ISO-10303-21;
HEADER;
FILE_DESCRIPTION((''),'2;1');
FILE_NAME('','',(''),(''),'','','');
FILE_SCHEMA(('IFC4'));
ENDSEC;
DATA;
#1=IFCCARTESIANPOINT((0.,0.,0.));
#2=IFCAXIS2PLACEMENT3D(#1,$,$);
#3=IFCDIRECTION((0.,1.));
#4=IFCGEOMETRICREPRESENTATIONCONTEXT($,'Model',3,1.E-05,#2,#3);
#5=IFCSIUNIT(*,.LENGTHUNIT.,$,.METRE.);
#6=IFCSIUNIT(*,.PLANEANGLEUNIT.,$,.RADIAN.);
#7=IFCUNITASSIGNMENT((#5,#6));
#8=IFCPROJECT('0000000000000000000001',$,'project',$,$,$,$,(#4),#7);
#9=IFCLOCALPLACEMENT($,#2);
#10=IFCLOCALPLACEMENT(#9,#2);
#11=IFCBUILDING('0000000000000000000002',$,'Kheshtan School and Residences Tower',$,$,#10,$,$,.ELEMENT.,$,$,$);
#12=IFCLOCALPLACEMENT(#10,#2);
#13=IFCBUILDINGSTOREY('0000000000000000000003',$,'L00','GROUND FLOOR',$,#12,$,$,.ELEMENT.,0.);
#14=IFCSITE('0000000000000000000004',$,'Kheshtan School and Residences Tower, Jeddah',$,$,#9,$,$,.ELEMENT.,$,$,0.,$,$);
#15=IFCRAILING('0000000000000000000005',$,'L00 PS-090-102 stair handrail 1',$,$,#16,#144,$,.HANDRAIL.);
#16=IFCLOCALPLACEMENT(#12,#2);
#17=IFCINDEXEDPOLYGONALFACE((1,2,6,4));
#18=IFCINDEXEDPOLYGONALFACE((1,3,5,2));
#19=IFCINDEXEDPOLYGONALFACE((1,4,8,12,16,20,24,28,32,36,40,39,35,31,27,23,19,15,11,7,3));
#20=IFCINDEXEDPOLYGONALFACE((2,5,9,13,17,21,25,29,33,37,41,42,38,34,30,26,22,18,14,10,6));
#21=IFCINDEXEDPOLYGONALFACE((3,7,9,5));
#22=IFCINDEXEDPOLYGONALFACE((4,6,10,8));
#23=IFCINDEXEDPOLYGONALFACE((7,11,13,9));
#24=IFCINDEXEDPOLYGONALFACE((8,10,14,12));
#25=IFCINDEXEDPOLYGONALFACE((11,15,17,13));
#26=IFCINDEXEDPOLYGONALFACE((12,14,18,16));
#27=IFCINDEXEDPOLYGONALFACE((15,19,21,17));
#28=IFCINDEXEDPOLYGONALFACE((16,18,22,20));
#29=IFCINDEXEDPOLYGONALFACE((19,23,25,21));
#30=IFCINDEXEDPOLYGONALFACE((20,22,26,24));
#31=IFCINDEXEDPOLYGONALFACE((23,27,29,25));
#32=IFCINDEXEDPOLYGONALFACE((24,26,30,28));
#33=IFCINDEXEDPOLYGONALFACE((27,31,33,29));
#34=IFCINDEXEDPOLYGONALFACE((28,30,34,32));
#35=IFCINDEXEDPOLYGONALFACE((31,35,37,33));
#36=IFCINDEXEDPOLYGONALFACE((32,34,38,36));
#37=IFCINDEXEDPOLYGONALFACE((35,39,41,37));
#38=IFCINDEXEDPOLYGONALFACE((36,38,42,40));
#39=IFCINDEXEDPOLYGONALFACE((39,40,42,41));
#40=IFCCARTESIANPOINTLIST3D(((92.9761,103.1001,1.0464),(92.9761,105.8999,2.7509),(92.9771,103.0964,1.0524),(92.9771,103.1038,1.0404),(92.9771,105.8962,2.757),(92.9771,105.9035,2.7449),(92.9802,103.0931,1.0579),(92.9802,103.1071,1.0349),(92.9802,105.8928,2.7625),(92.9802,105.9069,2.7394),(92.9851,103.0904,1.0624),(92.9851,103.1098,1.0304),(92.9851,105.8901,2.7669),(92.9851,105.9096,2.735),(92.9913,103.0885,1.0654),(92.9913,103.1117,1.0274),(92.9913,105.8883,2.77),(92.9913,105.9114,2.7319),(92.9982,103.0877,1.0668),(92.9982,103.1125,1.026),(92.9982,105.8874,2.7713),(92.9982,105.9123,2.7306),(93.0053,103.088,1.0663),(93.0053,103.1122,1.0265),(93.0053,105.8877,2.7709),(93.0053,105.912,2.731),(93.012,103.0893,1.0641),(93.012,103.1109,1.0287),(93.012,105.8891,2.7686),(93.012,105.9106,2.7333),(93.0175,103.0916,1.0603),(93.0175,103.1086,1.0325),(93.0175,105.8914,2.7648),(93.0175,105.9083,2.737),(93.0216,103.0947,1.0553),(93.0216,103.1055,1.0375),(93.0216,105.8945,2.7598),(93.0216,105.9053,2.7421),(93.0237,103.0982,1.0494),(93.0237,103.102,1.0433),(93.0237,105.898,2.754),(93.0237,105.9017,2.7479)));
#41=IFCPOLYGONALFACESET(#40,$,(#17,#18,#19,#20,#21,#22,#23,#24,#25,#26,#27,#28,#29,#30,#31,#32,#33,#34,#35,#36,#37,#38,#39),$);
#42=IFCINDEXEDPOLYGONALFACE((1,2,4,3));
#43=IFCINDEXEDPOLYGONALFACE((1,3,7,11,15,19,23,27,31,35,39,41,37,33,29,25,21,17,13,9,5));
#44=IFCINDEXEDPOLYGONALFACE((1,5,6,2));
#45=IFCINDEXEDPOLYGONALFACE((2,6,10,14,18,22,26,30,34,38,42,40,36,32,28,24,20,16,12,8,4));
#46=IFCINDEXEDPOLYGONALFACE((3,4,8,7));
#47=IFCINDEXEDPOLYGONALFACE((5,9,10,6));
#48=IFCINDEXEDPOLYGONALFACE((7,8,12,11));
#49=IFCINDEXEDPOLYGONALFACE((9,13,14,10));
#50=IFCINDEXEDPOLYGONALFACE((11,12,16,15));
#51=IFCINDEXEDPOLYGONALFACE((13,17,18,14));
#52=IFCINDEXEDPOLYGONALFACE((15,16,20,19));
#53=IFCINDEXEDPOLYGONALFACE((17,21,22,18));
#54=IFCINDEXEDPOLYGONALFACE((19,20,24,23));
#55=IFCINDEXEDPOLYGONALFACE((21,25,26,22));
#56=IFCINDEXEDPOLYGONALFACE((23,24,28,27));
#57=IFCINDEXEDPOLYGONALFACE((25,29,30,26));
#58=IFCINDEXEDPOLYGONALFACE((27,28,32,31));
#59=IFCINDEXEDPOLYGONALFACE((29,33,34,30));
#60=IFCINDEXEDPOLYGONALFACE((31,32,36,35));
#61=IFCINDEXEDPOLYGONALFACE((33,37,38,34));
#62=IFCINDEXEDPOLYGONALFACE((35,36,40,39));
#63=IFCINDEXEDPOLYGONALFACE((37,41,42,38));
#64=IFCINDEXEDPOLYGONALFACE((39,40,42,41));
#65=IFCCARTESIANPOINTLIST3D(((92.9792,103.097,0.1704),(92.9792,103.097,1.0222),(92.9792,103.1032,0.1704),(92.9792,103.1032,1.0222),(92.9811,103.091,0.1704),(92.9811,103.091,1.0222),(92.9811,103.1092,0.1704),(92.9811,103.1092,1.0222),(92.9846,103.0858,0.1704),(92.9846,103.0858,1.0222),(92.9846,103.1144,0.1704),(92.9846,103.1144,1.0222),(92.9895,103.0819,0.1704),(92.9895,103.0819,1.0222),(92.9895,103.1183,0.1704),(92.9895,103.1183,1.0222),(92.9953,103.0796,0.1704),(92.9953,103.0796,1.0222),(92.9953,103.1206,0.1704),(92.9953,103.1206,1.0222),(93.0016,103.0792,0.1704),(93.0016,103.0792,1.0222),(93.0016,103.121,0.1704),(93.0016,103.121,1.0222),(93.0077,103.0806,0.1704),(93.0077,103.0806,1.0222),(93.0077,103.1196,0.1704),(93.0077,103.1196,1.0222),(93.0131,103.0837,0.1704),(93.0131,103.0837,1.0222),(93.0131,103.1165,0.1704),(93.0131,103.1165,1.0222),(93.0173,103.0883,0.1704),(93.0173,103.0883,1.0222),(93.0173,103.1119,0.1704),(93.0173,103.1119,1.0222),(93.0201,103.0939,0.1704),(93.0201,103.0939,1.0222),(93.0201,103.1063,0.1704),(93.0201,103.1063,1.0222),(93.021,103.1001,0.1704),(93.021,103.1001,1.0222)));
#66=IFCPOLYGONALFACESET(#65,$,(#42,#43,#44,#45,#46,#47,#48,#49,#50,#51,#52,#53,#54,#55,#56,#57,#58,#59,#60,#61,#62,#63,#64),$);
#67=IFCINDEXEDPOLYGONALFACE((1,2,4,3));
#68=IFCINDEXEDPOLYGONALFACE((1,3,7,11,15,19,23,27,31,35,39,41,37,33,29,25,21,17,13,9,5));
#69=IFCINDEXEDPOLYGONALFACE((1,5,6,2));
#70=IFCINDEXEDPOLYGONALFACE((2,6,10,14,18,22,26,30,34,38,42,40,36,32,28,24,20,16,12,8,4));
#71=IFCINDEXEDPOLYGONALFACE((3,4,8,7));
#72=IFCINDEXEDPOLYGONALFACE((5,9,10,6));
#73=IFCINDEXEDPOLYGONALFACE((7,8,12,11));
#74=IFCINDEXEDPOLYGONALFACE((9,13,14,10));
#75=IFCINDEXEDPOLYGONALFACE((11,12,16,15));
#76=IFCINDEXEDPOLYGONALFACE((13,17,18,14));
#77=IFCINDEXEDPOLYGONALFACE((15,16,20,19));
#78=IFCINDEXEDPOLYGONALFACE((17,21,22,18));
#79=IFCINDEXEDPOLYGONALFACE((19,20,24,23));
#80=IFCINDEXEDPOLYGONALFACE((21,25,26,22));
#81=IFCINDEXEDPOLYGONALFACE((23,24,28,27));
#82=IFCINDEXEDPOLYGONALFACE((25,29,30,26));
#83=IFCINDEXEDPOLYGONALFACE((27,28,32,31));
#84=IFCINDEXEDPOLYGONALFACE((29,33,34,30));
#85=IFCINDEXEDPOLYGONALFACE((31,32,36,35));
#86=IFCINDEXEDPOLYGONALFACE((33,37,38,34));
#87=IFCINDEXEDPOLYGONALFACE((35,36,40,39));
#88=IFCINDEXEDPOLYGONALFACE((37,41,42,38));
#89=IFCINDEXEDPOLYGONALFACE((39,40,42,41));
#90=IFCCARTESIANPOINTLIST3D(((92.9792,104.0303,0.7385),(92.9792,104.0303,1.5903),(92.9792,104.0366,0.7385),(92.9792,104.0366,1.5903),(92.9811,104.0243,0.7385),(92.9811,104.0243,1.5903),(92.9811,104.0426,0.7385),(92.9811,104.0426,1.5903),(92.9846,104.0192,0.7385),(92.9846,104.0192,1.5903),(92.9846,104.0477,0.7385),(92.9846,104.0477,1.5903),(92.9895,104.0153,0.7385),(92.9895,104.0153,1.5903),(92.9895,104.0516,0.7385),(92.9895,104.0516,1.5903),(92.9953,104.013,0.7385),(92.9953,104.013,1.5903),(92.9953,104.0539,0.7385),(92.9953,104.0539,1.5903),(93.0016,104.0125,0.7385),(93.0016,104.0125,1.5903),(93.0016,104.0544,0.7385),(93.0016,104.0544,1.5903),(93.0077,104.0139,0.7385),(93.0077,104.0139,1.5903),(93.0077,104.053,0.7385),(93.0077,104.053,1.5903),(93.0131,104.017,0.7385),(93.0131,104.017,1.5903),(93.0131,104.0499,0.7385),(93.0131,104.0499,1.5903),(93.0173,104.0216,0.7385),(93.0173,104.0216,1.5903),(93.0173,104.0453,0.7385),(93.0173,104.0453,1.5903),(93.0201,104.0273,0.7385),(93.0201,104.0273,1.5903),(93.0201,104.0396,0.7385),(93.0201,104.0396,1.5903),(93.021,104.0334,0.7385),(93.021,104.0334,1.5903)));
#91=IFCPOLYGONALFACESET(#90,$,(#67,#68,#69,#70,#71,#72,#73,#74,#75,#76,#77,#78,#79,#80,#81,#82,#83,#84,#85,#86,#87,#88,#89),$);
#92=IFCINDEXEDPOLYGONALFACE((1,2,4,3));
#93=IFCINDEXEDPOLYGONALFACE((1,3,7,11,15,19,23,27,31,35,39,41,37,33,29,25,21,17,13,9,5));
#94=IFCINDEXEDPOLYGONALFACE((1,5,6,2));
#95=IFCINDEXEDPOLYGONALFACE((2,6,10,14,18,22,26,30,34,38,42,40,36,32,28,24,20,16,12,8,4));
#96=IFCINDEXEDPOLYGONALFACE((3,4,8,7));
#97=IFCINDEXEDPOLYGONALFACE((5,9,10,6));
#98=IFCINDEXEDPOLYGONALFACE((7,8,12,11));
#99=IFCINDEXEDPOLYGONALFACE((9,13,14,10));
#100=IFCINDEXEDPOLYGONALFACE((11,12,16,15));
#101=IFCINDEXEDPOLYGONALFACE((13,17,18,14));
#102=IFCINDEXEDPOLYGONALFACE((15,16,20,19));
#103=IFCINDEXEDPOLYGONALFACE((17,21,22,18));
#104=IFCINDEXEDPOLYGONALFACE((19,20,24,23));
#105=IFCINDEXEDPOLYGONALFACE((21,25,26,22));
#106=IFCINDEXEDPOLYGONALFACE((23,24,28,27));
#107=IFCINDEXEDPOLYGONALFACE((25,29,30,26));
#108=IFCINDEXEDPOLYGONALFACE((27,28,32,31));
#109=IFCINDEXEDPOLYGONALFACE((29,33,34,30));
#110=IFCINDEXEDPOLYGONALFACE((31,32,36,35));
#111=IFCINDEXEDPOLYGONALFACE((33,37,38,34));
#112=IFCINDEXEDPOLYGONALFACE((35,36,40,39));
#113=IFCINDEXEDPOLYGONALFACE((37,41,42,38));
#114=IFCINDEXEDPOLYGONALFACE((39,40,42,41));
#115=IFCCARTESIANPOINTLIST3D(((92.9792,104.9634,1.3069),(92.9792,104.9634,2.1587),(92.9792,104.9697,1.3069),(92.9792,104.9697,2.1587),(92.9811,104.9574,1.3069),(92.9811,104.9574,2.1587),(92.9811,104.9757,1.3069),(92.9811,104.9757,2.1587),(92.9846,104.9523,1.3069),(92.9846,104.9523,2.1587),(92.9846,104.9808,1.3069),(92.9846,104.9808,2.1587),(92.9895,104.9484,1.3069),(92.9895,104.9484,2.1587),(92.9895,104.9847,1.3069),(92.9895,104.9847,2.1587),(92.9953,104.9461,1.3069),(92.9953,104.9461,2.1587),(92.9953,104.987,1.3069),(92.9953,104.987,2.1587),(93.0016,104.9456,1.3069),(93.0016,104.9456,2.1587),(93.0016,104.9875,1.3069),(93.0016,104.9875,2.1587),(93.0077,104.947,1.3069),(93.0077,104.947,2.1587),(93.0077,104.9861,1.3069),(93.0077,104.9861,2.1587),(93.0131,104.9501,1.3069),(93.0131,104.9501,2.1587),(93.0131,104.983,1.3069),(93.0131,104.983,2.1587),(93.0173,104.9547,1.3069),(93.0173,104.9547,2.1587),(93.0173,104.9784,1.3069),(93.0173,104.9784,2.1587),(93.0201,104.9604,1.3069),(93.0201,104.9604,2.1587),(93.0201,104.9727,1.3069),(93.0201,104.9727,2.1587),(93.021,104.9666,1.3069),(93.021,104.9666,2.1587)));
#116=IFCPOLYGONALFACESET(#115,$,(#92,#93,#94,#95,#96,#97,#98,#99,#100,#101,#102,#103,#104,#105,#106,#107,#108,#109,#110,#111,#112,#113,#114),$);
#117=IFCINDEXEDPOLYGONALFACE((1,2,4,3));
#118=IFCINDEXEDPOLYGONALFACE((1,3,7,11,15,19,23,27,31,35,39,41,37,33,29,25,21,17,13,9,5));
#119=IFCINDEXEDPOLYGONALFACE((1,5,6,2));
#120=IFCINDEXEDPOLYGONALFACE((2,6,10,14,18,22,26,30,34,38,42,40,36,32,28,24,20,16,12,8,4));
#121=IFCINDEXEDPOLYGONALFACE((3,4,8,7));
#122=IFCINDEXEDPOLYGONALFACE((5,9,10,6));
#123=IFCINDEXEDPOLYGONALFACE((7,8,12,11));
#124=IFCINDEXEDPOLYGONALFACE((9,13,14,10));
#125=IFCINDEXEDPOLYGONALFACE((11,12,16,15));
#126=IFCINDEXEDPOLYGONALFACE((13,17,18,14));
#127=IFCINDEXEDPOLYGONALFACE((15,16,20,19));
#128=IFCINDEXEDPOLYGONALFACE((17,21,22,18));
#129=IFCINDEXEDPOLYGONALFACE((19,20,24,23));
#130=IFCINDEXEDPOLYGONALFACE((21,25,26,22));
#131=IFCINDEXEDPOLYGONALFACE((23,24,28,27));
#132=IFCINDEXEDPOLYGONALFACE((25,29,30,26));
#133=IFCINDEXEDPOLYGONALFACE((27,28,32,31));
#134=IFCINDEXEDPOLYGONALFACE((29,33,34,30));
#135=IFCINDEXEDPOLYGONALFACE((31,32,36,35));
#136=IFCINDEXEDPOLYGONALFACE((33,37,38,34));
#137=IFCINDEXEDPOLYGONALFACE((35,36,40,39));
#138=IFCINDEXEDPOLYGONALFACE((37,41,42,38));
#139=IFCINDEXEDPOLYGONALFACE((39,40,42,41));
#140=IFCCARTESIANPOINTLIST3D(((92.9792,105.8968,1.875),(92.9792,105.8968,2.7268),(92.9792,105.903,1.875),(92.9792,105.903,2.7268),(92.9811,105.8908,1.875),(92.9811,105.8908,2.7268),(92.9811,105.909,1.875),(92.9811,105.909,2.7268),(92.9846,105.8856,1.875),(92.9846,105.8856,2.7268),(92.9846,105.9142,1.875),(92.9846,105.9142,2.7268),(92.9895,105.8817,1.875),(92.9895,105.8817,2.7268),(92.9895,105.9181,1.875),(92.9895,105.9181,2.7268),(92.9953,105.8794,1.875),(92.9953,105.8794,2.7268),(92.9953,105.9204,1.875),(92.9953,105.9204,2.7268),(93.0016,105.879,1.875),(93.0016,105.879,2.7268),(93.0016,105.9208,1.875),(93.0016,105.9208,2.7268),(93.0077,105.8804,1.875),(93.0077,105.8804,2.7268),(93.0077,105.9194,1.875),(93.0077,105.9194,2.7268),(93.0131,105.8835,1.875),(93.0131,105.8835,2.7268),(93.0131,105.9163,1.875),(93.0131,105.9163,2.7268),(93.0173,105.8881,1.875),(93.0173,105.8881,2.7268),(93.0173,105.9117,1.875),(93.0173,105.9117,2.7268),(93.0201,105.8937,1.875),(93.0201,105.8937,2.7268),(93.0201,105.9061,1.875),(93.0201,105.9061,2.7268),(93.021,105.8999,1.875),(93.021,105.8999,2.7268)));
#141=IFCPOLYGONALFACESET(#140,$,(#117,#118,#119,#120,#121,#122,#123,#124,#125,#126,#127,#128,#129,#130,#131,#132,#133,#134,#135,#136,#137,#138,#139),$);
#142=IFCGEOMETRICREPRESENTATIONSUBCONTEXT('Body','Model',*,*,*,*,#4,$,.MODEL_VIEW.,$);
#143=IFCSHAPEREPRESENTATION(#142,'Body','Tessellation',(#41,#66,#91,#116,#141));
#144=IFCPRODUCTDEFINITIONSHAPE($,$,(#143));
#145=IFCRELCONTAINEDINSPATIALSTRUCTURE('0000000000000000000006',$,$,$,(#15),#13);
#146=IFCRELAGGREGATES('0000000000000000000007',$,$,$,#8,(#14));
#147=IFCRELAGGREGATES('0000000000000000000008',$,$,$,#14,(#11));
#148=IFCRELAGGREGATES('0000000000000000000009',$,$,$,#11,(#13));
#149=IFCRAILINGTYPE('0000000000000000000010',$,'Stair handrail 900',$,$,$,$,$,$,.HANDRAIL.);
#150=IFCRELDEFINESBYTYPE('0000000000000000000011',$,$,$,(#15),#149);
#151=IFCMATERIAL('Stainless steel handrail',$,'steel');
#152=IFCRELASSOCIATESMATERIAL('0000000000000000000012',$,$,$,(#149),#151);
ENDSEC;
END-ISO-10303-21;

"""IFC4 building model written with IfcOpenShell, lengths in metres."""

from ifc_helpers import new_model, si_unit, direction, frame, origin, origin_2d, place, context, subcontext, project, spatial, circle, extrude, material, type_object, element, save


model = new_model("IFC4")

# Units and contexts
model_context = context("Model", 3, precision=1e-05, world=origin(), true_north=direction((0.0, 1.0)))
body_context = subcontext(model_context, "Body", "Model", "MODEL_VIEW")
ifc_project = project(units=[si_unit("LENGTHUNIT", "METRE"), si_unit("PLANEANGLEUNIT", "RADIAN")], contexts=[model_context])

# Site, building, storey
site_placement = place(None, origin())
site = spatial("IfcSite", under=ifc_project, at=site_placement, Name="Kheshtan School and Residences Tower, Jeddah", CompositionType="ELEMENT", RefElevation=0.0)
building_placement = place(site_placement, origin())
building = spatial("IfcBuilding", under=site, at=building_placement, Name="Kheshtan School and Residences Tower", CompositionType="ELEMENT")
storey_placement = place(building_placement, origin())
storey = spatial("IfcBuildingStorey", under=building, at=storey_placement, Name="L00", Description="GROUND FLOOR", CompositionType="ELEMENT", Elevation=0.0)

# Railing
ifc_material_1 = material(Name="Stainless steel handrail", Category="steel")
railing_type = type_object("IfcRailingType", Name="Stair handrail 900", PredefinedType="HANDRAIL", material=ifc_material_1)
railing_placement = place(storey_placement, frame((93.0, 103.1001, 0.1704)))
element("IfcRailing", 1, at=railing_placement, inside=storey, type_object=railing_type, Name="L00 PS-090-102 stair handrail 1", PredefinedType="HANDRAIL", context=body_context, shape_type="SweptSolid", body=[
    extrude(circle(Radius=0.0239, at=origin_2d()), frame((0.0, 0.0, 0.876), z_axis=(0.0, 0.85415, 0.520027), x_axis=(-1.0, 0.0, 0.0)), (0.0, 0.0, 1.0), 3.2778),
    extrude(circle(Radius=0.021, at=origin_2d()), origin(), (0.0, 0.0, 1.0), 0.8518),
    extrude(circle(Radius=0.021, at=origin_2d()), frame((0.0, 0.9333, 0.5681)), (0.0, 0.0, 1.0), 0.8518),
    extrude(circle(Radius=0.021, at=origin_2d()), frame((0.0, 1.8665, 1.1365)), (0.0, 0.0, 1.0), 0.8518),
    extrude(circle(Radius=0.021, at=origin_2d()), frame((0.0, 2.7998, 1.7046)), (0.0, 0.0, 1.0), 0.8518),
])

save(model, "model.ifc")
